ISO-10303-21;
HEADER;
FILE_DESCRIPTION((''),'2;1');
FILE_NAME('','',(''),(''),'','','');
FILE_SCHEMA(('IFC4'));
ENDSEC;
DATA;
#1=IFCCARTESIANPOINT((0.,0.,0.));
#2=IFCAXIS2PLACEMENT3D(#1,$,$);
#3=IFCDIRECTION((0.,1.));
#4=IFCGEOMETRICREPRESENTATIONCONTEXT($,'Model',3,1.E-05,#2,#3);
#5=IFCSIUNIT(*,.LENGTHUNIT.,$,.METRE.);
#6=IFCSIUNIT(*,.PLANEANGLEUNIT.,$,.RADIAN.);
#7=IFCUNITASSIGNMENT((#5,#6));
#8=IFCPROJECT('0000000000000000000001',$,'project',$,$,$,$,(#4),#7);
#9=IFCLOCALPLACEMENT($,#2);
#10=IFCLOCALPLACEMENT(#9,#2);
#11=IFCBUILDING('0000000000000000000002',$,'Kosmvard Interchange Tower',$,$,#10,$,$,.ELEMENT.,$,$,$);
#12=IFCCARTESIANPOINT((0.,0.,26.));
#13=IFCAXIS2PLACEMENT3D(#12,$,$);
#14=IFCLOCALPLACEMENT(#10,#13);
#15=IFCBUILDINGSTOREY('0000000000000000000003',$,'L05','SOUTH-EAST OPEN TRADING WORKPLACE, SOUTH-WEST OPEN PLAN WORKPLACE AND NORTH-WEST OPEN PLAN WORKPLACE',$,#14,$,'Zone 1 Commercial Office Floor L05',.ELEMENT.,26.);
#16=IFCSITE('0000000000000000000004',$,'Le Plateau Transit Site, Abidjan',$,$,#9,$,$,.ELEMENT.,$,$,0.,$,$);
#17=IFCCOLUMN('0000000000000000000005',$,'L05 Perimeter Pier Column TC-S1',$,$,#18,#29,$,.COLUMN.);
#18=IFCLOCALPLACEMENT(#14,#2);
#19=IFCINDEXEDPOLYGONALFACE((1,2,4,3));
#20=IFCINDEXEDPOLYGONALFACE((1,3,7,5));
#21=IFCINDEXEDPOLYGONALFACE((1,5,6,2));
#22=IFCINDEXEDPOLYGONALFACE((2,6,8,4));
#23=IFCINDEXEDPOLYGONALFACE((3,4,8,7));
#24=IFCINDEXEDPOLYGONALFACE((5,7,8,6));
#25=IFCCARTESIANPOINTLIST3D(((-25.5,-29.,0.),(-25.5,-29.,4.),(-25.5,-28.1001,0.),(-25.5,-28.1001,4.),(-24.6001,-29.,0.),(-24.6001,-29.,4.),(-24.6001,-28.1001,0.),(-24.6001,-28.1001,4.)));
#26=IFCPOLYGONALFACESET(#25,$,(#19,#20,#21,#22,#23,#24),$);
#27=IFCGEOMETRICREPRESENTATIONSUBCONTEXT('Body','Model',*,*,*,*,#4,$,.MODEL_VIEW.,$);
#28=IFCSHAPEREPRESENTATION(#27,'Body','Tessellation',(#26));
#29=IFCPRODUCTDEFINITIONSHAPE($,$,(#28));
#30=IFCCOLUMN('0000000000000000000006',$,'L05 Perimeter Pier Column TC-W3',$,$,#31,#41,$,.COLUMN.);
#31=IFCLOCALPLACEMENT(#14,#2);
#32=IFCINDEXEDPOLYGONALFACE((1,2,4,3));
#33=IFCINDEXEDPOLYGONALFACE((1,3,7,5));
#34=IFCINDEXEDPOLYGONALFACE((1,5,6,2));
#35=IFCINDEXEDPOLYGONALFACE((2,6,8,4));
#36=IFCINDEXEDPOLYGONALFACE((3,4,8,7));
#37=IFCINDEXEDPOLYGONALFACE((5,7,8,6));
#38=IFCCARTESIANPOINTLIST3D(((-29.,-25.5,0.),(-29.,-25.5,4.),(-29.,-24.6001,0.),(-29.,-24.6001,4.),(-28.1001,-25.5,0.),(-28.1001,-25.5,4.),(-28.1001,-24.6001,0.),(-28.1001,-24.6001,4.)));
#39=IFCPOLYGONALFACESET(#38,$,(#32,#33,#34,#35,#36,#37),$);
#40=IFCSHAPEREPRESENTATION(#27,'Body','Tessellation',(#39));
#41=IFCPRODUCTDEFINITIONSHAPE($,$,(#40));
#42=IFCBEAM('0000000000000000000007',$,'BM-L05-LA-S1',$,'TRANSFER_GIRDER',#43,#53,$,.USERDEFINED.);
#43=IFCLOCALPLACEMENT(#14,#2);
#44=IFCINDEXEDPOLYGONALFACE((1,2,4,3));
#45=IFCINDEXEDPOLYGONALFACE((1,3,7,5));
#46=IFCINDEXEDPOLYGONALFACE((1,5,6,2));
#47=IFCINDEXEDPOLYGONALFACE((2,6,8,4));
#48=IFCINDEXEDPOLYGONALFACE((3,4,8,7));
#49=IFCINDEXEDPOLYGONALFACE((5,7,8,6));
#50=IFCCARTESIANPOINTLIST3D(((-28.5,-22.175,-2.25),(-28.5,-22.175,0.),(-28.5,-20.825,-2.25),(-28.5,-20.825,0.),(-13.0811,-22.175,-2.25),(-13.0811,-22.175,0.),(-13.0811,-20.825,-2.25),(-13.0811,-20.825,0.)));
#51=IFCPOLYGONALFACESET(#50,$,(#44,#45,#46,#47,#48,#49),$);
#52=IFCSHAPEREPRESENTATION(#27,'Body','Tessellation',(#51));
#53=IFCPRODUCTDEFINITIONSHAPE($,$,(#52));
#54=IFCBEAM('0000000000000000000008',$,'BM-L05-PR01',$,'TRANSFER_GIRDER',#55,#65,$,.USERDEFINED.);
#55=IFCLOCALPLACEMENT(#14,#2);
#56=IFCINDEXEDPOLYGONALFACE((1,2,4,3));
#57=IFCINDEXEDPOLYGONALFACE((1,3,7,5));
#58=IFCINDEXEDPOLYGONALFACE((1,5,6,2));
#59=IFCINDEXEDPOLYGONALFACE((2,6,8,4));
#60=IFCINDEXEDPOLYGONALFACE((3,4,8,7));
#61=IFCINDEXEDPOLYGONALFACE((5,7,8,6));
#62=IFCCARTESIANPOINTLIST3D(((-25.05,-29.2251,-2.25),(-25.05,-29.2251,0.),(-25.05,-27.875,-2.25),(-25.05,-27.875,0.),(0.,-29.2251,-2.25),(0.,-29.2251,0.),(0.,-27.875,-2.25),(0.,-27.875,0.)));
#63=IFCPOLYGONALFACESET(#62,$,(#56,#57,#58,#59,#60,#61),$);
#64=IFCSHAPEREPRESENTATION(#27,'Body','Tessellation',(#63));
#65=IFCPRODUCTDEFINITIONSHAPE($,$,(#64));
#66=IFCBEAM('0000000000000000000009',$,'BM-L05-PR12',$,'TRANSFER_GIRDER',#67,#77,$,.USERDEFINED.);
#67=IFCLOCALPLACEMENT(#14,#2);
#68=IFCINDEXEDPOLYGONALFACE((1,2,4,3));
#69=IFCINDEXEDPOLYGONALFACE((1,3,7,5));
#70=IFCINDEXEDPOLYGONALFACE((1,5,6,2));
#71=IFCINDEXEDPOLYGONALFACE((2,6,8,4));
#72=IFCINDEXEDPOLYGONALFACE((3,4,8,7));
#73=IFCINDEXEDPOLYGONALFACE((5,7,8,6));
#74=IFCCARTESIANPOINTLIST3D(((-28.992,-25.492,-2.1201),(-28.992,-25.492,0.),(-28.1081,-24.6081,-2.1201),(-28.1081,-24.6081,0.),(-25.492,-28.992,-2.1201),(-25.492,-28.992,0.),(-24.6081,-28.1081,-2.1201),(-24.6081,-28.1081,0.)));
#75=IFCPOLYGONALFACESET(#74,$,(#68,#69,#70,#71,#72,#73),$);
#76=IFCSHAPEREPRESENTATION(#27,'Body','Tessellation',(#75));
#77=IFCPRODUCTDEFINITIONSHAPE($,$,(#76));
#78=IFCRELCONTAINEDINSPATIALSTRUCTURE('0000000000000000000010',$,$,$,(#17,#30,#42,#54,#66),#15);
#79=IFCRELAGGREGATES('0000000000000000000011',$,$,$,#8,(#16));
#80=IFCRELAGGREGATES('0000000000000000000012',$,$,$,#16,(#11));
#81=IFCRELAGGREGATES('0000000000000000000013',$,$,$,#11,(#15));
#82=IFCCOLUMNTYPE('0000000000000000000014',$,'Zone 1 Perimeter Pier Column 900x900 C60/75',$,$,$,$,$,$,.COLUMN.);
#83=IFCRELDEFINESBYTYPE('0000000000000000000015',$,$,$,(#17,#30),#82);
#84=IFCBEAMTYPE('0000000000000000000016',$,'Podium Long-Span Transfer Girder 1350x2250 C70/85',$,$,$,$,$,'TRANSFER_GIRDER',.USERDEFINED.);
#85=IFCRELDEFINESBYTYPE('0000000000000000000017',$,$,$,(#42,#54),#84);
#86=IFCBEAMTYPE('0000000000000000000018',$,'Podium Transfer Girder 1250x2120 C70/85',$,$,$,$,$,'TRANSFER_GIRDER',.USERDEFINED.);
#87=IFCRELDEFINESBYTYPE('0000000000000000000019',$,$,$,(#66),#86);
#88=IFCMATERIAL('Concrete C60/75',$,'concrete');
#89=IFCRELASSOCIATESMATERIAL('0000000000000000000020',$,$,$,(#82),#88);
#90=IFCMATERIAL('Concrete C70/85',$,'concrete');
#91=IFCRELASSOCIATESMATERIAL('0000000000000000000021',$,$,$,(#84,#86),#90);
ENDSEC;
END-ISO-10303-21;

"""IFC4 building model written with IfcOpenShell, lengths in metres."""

from ifc_helpers import new_model, si_unit, direction, frame, origin, origin_2d, place, context, subcontext, project, spatial, rectangle, extrude, source, transform, mapped, material, material_profile, profile_set, type_object, element, save


model = new_model("IFC4")

# Units and contexts
model_context = context("Model", 3, precision=1e-05, world=origin(), true_north=direction((0.0, 1.0)))
body_context = subcontext(model_context, "Body", "Model", "MODEL_VIEW")
ifc_project = project(units=[si_unit("LENGTHUNIT", "METRE"), si_unit("PLANEANGLEUNIT", "RADIAN")], contexts=[model_context])

# Site, building, storey
site_placement = place(None, origin())
site = spatial("IfcSite", under=ifc_project, at=site_placement, Name="Le Plateau Transit Site, Abidjan", CompositionType="ELEMENT", RefElevation=0.0)
building_placement = place(site_placement, origin())
building = spatial("IfcBuilding", under=site, at=building_placement, Name="Kosmvard Interchange Tower", CompositionType="ELEMENT")
storey_placement = place(building_placement, frame((0.0, 0.0, 26.0)))
storey = spatial("IfcBuildingStorey", under=building, at=storey_placement, Name="L05", Description="SOUTH-EAST OPEN TRADING WORKPLACE, SOUTH-WEST OPEN PLAN WORKPLACE AND NORTH-WEST OPEN PLAN WORKPLACE", LongName="Zone 1 Commercial Office Floor L05", CompositionType="ELEMENT", Elevation=26.0)

# Columns
ifc_material_1 = material(Name="Concrete C60/75", Category="concrete")
ifc_material_profile_1 = material_profile(ifc_material_1, rectangle(XDim=0.8999, YDim=0.8999, at=origin_2d()), Name="TC 900x900")
ifc_profile_set_1 = profile_set([ifc_material_profile_1], Name="Concrete C60/75")
column_type = type_object("IfcColumnType", Name="Zone 1 Perimeter Pier Column 900x900 C60/75", PredefinedType="COLUMN", material=ifc_profile_set_1)
shared_shape_1 = source(origin(), body_context, "Body", "SweptSolid", [
    extrude(rectangle(XDim=0.8999, YDim=0.8999, at=origin_2d()), origin(), (0.0, 0.0, 1.0), 4.0),
])
for number, where, z_axis, x_axis, name in (
    (1, (-25.05, -28.55, 0.0), (0.0, 0.0, 1.0), (1.0, 0.0, 0.0), "L05 Perimeter Pier Column TC-S1"),
    (2, (-28.55, -25.05, 0.0), (0.0, 0.0, 1.0), (1.0, 0.0, 0.0), "L05 Perimeter Pier Column TC-W3"),
):
    element("IfcColumn", number, at=place(storey_placement, frame(where, z_axis=z_axis, x_axis=x_axis)), inside=storey, type_object=column_type, Name=name, PredefinedType="COLUMN", context=body_context, shape_type="MappedRepresentation", body=[
        mapped(shared_shape_1, transform((0.0, 0.0, 0.0), scale=1.0)),
    ])

# Beams
ifc_material_2 = material(Name="Concrete C70/85", Category="concrete")
ifc_material_profile_2 = material_profile(ifc_material_2, rectangle(XDim=1.3501, YDim=2.25, at=origin_2d()), Name="TG 1350x2250")
ifc_profile_set_2 = profile_set([ifc_material_profile_2], Name="Concrete C70/85")
beam_type_1 = type_object("IfcBeamType", Name="Podium Long-Span Transfer Girder 1350x2250 C70/85", ElementType="TRANSFER_GIRDER", PredefinedType="USERDEFINED", material=ifc_profile_set_2)
shared_shape_2 = source(origin(), body_context, "Body", "SweptSolid", [
    extrude(rectangle(XDim=1.3501, YDim=2.25, at=origin_2d()), origin(), (0.0, 0.0, 1.0), 15.4189),
])
beam_1_placement = place(storey_placement, frame((-28.5, -21.5, -1.125), z_axis=(1.0, 0.0, 0.0), x_axis=(0.0, 1.0, 0.0)))
element("IfcBeam", 3, at=beam_1_placement, inside=storey, type_object=beam_type_1, Name="BM-L05-LA-S1", ObjectType="TRANSFER_GIRDER", PredefinedType="USERDEFINED", context=body_context, shape_type="MappedRepresentation", body=[
    mapped(shared_shape_2, transform((0.0, 0.0, 0.0), scale=1.0)),
])
shared_shape_3 = source(origin(), body_context, "Body", "SweptSolid", [
    extrude(rectangle(XDim=1.3501, YDim=2.25, at=origin_2d()), origin(), (0.0, 0.0, 1.0), 25.05),
])
beam_2_placement = place(storey_placement, frame((-25.05, -28.55, -1.125), z_axis=(1.0, 0.0, 0.0), x_axis=(0.0, 1.0, 0.0)))
element("IfcBeam", 4, at=beam_2_placement, inside=storey, type_object=beam_type_1, Name="BM-L05-PR01", ObjectType="TRANSFER_GIRDER", PredefinedType="USERDEFINED", context=body_context, shape_type="MappedRepresentation", body=[
    mapped(shared_shape_3, transform((0.0, 0.0, 0.0), scale=1.0)),
])
ifc_material_profile_3 = material_profile(ifc_material_2, rectangle(XDim=1.25, YDim=2.1201, at=origin_2d()), Name="TG 1250x2120")
ifc_profile_set_3 = profile_set([ifc_material_profile_3], Name="Concrete C70/85")
beam_type_2 = type_object("IfcBeamType", Name="Podium Transfer Girder 1250x2120 C70/85", ElementType="TRANSFER_GIRDER", PredefinedType="USERDEFINED", material=ifc_profile_set_3)
shared_shape_4 = source(origin(), body_context, "Body", "SweptSolid", [
    extrude(rectangle(XDim=1.25, YDim=2.1201, at=origin_2d()), origin(), (0.0, 0.0, 1.0), 4.9497),
])
beam_3_placement = place(storey_placement, frame((-28.55, -25.05, -1.0601), z_axis=(0.707107, -0.707107, 0.0), x_axis=(0.707107, 0.707107, 0.0)))
element("IfcBeam", 5, at=beam_3_placement, inside=storey, type_object=beam_type_2, Name="BM-L05-PR12", ObjectType="TRANSFER_GIRDER", PredefinedType="USERDEFINED", context=body_context, shape_type="MappedRepresentation", body=[
    mapped(shared_shape_4, transform((0.0, 0.0, 0.0), scale=1.0)),
])

save(model, "model.ifc")
